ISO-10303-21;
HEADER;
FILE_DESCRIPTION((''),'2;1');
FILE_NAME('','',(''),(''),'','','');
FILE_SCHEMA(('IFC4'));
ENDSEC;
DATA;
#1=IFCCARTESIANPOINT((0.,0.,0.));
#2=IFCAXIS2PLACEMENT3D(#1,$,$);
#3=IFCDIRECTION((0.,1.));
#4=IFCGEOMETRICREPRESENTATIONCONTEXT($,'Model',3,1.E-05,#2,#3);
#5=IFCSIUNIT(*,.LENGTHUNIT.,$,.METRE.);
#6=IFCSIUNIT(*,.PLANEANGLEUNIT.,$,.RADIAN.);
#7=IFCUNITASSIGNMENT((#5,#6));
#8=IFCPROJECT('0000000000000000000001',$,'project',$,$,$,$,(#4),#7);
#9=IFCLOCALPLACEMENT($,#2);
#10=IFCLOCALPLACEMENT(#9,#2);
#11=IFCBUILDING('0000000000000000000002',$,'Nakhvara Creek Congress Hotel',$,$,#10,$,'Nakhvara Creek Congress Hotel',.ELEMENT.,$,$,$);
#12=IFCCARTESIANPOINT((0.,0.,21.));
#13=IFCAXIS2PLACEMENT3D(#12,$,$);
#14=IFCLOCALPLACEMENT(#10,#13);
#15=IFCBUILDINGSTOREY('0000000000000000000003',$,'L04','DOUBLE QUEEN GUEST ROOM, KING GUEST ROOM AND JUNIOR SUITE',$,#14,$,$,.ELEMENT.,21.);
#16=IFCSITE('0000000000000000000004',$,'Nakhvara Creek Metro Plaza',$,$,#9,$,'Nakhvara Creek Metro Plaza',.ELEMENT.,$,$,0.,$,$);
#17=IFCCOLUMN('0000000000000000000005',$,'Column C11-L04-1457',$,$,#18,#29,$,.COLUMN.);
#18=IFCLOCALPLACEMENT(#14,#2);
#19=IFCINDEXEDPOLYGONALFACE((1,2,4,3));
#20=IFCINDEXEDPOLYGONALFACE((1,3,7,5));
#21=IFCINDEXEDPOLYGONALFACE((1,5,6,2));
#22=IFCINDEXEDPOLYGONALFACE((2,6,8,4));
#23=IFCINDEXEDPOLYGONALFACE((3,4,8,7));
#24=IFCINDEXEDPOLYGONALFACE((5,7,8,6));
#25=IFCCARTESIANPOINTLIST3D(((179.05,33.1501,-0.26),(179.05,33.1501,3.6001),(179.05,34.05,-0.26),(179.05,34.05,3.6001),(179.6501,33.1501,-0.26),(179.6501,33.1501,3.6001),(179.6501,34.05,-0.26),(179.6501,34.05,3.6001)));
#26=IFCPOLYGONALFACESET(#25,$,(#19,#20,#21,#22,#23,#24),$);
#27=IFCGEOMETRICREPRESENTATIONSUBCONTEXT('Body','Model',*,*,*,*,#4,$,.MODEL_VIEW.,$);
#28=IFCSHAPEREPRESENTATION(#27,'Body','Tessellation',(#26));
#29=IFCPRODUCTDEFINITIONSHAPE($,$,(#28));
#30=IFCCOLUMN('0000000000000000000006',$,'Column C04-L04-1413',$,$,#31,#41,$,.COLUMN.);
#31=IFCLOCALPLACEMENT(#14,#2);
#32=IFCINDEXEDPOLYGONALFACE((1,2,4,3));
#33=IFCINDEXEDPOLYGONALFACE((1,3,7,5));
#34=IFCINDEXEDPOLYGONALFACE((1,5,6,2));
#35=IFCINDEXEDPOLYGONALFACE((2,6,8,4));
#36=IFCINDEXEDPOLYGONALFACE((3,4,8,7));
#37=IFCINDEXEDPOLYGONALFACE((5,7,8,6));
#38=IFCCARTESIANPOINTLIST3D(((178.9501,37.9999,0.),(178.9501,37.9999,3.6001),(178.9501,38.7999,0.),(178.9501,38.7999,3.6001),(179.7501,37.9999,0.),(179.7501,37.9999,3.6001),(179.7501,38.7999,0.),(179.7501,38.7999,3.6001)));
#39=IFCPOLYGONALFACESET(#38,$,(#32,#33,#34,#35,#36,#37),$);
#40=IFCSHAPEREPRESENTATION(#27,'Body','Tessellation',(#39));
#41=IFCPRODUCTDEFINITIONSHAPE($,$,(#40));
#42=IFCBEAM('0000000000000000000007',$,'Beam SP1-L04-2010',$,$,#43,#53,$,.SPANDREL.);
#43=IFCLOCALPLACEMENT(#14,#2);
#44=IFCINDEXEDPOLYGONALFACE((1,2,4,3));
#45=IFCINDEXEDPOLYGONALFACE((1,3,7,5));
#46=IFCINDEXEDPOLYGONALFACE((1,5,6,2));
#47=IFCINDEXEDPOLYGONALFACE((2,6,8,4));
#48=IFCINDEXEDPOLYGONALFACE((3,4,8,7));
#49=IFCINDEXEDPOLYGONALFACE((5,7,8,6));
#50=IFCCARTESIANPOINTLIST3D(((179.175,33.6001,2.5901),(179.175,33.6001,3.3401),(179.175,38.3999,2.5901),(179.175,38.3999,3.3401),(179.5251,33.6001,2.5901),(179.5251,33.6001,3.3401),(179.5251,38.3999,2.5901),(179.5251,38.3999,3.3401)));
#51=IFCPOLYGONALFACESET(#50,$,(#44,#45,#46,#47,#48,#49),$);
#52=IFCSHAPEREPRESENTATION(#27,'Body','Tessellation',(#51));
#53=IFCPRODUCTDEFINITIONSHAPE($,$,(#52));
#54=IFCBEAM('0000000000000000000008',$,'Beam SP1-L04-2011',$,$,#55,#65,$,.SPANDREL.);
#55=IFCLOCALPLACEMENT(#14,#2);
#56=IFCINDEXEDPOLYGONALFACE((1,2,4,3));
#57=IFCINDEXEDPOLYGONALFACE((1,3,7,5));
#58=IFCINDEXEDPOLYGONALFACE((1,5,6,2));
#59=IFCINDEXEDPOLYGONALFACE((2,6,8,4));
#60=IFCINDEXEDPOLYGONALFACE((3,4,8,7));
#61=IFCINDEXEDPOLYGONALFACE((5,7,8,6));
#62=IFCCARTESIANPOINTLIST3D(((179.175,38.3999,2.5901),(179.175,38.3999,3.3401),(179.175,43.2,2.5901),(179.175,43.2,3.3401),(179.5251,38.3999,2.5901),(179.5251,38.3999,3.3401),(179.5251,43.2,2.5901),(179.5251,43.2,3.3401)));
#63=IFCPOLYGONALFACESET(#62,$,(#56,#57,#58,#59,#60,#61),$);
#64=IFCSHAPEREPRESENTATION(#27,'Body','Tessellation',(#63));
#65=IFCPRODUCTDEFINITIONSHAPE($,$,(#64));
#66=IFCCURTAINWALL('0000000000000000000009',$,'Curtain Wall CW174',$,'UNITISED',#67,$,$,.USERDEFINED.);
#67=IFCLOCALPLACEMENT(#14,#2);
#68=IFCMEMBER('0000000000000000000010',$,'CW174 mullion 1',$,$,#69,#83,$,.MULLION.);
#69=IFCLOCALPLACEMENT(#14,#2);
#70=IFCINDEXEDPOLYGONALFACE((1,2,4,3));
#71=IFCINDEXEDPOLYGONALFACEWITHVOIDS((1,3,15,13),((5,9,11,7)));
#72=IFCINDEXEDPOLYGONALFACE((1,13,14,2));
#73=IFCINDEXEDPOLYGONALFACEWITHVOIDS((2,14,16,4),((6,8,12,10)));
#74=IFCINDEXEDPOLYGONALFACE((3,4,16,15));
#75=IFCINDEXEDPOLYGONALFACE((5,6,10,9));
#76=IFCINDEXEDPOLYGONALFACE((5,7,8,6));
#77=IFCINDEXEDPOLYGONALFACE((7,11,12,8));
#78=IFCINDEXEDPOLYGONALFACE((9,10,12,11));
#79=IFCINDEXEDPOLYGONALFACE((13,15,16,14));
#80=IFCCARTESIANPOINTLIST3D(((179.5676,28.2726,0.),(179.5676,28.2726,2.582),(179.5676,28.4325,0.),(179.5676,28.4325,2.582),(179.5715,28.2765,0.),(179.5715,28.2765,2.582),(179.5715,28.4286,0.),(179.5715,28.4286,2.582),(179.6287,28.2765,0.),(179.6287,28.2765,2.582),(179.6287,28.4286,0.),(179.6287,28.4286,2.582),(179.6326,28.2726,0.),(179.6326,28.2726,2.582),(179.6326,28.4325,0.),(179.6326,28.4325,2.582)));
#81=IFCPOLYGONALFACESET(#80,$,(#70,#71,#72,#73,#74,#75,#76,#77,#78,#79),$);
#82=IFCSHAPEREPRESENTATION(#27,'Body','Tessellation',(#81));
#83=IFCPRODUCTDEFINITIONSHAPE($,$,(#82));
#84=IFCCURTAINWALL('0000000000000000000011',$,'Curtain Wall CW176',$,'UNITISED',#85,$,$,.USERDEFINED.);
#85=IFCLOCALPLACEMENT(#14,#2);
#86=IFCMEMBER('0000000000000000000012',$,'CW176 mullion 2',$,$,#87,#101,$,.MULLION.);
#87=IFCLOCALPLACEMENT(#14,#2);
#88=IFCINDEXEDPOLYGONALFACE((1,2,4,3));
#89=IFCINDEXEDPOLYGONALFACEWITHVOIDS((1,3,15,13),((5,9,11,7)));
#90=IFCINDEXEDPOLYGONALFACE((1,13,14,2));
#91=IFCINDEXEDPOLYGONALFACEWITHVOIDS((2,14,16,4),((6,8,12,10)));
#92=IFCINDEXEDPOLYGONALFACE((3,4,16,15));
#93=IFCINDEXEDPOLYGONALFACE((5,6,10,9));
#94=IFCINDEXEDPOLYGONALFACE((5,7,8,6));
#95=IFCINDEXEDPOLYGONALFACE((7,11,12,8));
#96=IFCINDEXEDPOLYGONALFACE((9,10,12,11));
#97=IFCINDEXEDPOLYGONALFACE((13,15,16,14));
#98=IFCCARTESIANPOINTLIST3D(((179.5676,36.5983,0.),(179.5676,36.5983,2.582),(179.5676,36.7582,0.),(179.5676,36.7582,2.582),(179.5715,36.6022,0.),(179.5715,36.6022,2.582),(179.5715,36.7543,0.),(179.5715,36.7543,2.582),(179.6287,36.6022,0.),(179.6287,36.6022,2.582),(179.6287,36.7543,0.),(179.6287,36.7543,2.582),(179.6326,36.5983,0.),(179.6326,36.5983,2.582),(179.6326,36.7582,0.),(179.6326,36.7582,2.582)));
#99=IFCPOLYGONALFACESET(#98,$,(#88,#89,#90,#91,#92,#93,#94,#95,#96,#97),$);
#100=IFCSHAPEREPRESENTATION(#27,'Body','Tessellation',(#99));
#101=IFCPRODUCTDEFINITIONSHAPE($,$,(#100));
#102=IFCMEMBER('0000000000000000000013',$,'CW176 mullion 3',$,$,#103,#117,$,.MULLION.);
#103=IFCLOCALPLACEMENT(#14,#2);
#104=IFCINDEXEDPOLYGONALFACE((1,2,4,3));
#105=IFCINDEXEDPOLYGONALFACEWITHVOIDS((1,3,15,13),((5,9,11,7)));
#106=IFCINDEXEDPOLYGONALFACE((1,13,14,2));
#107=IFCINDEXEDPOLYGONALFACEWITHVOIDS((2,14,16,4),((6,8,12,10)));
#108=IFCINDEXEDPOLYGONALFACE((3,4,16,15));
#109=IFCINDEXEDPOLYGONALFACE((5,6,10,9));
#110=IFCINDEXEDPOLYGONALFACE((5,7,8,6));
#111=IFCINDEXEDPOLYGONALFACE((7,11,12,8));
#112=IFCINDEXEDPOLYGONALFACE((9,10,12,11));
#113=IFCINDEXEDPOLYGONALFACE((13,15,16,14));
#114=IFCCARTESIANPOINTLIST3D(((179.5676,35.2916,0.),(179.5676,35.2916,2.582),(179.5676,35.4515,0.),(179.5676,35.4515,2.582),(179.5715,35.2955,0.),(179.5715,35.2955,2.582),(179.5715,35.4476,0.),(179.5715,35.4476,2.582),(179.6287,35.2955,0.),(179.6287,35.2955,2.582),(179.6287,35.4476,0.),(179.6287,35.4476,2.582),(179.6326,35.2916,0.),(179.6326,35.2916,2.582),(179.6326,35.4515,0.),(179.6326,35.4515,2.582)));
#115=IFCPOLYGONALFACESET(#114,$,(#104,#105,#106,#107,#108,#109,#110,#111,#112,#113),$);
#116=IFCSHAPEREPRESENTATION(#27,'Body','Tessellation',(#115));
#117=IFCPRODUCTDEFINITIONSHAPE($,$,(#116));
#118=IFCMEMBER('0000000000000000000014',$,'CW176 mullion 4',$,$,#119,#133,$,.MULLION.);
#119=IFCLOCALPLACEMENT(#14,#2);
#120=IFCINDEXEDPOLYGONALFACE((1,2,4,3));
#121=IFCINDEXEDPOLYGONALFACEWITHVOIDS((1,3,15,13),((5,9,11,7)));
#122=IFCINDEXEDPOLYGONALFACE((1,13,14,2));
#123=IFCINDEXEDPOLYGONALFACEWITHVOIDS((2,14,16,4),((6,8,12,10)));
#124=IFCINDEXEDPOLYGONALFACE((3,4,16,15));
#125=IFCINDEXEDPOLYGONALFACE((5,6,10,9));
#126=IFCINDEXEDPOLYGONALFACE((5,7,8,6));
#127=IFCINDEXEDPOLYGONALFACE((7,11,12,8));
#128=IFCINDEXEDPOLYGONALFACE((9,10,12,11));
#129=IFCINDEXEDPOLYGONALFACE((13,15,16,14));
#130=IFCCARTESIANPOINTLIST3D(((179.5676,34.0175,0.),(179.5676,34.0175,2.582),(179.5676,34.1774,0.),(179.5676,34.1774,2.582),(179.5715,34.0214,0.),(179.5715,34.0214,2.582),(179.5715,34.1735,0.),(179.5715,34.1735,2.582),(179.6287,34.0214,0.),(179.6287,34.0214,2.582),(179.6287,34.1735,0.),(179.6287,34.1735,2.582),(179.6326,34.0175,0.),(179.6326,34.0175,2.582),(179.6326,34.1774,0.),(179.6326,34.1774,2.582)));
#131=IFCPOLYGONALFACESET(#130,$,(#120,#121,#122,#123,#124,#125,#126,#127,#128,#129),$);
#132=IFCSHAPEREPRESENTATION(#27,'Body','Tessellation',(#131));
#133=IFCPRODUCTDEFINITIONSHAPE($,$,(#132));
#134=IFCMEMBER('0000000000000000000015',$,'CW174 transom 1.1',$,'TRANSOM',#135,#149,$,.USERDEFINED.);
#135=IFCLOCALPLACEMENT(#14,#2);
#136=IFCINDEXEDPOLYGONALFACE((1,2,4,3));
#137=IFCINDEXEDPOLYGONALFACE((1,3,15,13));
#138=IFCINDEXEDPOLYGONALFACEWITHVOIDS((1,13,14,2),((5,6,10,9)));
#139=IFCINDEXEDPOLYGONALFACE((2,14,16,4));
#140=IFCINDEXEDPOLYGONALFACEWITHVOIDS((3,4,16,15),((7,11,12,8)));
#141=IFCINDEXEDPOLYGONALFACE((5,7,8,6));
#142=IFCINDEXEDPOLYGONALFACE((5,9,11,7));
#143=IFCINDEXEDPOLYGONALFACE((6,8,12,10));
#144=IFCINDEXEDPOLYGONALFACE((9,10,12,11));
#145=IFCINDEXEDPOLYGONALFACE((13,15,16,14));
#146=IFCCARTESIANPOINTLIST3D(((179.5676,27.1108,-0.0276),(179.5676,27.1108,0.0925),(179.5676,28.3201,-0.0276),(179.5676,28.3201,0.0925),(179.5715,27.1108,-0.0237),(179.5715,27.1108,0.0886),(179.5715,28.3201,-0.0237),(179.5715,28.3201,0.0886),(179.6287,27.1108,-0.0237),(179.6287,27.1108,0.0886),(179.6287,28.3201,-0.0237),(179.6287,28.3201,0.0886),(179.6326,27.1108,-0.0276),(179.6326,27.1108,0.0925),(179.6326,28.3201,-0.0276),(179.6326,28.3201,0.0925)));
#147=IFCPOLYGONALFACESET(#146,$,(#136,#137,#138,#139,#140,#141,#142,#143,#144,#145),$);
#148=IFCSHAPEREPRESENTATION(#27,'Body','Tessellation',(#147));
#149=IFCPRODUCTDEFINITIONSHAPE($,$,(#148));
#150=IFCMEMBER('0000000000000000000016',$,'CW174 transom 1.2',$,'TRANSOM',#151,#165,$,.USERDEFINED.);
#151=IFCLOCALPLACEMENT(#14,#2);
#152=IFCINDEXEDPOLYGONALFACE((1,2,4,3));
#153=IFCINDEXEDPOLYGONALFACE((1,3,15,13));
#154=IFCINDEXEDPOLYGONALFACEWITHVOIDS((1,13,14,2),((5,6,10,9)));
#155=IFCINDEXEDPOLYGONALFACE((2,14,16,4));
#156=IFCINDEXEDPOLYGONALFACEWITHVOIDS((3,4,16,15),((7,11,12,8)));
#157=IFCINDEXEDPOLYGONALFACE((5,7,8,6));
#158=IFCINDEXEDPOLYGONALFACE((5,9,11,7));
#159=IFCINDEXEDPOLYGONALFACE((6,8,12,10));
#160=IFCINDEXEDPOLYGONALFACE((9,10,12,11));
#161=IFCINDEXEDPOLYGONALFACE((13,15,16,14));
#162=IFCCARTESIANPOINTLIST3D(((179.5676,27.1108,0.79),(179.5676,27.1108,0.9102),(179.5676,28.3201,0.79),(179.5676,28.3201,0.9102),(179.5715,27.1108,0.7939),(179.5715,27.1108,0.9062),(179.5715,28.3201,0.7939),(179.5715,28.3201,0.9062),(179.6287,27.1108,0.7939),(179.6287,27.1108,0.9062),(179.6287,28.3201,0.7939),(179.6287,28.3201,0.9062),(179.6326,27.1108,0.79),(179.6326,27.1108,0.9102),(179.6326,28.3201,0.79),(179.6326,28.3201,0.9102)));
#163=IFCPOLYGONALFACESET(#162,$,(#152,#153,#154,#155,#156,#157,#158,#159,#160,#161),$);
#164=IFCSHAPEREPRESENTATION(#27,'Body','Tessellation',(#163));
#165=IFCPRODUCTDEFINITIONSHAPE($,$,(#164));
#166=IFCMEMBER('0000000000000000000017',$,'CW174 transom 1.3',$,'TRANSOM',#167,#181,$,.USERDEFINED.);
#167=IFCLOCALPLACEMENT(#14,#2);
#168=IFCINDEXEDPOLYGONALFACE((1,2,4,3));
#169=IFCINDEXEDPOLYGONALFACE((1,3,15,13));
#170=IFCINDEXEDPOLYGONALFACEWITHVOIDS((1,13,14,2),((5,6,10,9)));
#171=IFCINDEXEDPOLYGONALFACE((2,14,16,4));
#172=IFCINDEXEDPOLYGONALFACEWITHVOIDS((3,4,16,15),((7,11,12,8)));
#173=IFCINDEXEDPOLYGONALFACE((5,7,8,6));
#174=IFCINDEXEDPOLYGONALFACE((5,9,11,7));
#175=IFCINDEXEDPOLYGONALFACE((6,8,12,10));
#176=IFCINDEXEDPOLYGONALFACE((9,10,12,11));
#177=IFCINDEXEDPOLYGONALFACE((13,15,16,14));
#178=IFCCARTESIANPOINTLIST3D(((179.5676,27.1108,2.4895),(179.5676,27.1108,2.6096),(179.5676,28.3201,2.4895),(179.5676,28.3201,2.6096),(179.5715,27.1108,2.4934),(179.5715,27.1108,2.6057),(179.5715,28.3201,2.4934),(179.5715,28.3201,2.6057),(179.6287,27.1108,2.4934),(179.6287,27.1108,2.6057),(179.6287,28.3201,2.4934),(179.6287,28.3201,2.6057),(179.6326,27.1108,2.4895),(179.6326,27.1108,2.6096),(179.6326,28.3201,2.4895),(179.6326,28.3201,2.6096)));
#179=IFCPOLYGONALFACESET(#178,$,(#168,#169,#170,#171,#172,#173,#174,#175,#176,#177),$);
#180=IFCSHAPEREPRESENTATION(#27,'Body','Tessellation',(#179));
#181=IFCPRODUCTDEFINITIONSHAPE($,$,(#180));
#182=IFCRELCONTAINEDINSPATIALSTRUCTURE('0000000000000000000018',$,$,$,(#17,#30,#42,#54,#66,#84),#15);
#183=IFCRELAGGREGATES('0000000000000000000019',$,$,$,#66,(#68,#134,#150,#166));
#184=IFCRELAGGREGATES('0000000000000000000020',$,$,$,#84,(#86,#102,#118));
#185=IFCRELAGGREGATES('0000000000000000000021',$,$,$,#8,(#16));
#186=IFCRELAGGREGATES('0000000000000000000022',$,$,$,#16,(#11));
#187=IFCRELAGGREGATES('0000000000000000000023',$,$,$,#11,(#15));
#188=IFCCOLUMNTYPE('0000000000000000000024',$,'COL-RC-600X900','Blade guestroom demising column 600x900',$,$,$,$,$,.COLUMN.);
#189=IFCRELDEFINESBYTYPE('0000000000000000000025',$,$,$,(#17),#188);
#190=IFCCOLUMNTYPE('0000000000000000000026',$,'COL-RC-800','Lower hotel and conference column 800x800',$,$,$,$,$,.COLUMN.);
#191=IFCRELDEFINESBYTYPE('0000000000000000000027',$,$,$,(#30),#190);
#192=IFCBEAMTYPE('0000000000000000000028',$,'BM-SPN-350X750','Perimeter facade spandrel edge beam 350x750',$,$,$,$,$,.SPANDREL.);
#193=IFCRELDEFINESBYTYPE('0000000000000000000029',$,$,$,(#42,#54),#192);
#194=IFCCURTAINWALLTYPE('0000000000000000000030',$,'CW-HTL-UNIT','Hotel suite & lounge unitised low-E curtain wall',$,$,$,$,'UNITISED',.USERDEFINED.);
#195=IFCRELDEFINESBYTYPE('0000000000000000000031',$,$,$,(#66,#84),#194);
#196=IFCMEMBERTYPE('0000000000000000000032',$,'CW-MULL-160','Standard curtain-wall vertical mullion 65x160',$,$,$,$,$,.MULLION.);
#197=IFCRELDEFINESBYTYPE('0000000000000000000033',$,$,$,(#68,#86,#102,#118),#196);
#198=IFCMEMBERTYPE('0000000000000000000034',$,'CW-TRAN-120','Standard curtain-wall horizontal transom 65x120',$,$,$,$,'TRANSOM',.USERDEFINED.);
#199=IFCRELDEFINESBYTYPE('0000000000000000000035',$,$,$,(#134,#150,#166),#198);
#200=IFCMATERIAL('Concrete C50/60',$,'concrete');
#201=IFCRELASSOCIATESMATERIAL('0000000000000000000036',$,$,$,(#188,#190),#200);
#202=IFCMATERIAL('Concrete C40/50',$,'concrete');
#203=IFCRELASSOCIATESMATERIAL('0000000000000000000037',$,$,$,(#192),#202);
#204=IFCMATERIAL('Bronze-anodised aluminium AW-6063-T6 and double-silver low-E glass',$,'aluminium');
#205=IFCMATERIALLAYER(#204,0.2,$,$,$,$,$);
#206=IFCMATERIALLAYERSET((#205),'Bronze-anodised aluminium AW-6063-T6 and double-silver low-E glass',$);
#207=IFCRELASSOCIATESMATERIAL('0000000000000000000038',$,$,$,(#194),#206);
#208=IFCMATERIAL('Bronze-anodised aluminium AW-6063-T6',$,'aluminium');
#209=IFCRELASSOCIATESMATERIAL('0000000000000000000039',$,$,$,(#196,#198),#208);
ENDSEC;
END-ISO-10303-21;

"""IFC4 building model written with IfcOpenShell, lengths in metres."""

from ifc_helpers import new_model, si_unit, direction, frame, origin, origin_2d, place, context, subcontext, project, spatial, rectangle, hollow_rectangle, extrude, material, layer, layer_set, material_profile, profile_set, type_object, element, aggregate, save


model = new_model("IFC4")

# Units and contexts
model_context = context("Model", 3, precision=1e-05, world=origin(), true_north=direction((0.0, 1.0)))
body_context = subcontext(model_context, "Body", "Model", "MODEL_VIEW")
ifc_project = project(units=[si_unit("LENGTHUNIT", "METRE"), si_unit("PLANEANGLEUNIT", "RADIAN")], contexts=[model_context])

# Site, building, storey
site_placement = place(None, origin())
site = spatial("IfcSite", under=ifc_project, at=site_placement, Name="Nakhvara Creek Metro Plaza", LongName="Nakhvara Creek Metro Plaza", CompositionType="ELEMENT", RefElevation=0.0)
building_placement = place(site_placement, origin())
building = spatial("IfcBuilding", under=site, at=building_placement, Name="Nakhvara Creek Congress Hotel", LongName="Nakhvara Creek Congress Hotel", CompositionType="ELEMENT")
storey_placement = place(building_placement, frame((0.0, 0.0, 21.0)))
storey = spatial("IfcBuildingStorey", under=building, at=storey_placement, Name="L04", Description="DOUBLE QUEEN GUEST ROOM, KING GUEST ROOM AND JUNIOR SUITE", CompositionType="ELEMENT", Elevation=21.0)

# Columns
ifc_material_1 = material(Name="Concrete C50/60", Category="concrete")
ifc_material_profile_1 = material_profile(ifc_material_1, rectangle(XDim=0.6001, YDim=0.8999, at=origin_2d()), Name="RC-COL 600x900", Category="LoadBearing")
ifc_profile_set_1 = profile_set([ifc_material_profile_1], Name="Concrete C50/60")
column_type_1 = type_object("IfcColumnType", Name="COL-RC-600X900", Description="Blade guestroom demising column 600x900", PredefinedType="COLUMN", material=ifc_profile_set_1)
column_1_placement = place(storey_placement, frame((179.3501, 33.6001, -0.26), z_axis=(0.0, 0.0, 1.0), x_axis=(1.0, 0.0, 0.0)))
element("IfcColumn", 1, at=column_1_placement, inside=storey, type_object=column_type_1, Name="Column C11-L04-1457", PredefinedType="COLUMN", context=body_context, shape_type="SweptSolid", body=[
    extrude(rectangle(XDim=0.6001, YDim=0.8999, at=origin_2d()), origin(), (0.0, 0.0, 1.0), 3.8601),
])
ifc_material_profile_2 = material_profile(ifc_material_1, rectangle(XDim=0.8, YDim=0.8, at=origin_2d()), Name="RC-COL 800x800", Category="LoadBearing")
ifc_profile_set_2 = profile_set([ifc_material_profile_2], Name="Concrete C50/60")
column_type_2 = type_object("IfcColumnType", Name="COL-RC-800", Description="Lower hotel and conference column 800x800", PredefinedType="COLUMN", material=ifc_profile_set_2)
column_2_placement = place(storey_placement, frame((179.3501, 38.3999, 0.0), z_axis=(0.0, 0.0, 1.0), x_axis=(1.0, 0.0, 0.0)))
element("IfcColumn", 2, at=column_2_placement, inside=storey, type_object=column_type_2, Name="Column C04-L04-1413", PredefinedType="COLUMN", context=body_context, shape_type="SweptSolid", body=[
    extrude(rectangle(XDim=0.8, YDim=0.8, at=origin_2d()), origin(), (0.0, 0.0, 1.0), 3.6001),
])

# Beams
ifc_material_2 = material(Name="Concrete C40/50", Category="concrete")
ifc_material_profile_3 = material_profile(ifc_material_2, rectangle(XDim=0.3501, YDim=0.75, at=origin_2d()), Name="RC-SPANDREL 350x750", Category="LoadBearing")
ifc_profile_set_3 = profile_set([ifc_material_profile_3], Name="Concrete C40/50")
beam_type = type_object("IfcBeamType", Name="BM-SPN-350X750", Description="Perimeter facade spandrel edge beam 350x750", PredefinedType="SPANDREL", material=ifc_profile_set_3)
beam_1_placement = place(storey_placement, frame((179.3501, 33.6001, 2.9651), z_axis=(0.0, 1.0, 0.0), x_axis=(-1.0, 0.0, 0.0)))
element("IfcBeam", 3, at=beam_1_placement, inside=storey, type_object=beam_type, Name="Beam SP1-L04-2010", PredefinedType="SPANDREL", context=body_context, shape_type="SweptSolid", body=[
    extrude(rectangle(XDim=0.3501, YDim=0.75, at=origin_2d()), origin(), (0.0, 0.0, 1.0), 4.7998),
])
beam_2_placement = place(storey_placement, frame((179.3501, 38.3999, 2.9651), z_axis=(0.0, 1.0, 0.0), x_axis=(-1.0, 0.0, 0.0)))
element("IfcBeam", 4, at=beam_2_placement, inside=storey, type_object=beam_type, Name="Beam SP1-L04-2011", PredefinedType="SPANDREL", context=body_context, shape_type="SweptSolid", body=[
    extrude(rectangle(XDim=0.3501, YDim=0.75, at=origin_2d()), origin(), (0.0, 0.0, 1.0), 4.8),
])

# Curtain wall, member
ifc_material_3 = material(Name="Bronze-anodised aluminium AW-6063-T6 and double-silver low-E glass", Category="aluminium")
ifc_layer_1 = layer(ifc_material_3, 0.2)
ifc_layer_set_1 = layer_set([ifc_layer_1], Name="Bronze-anodised aluminium AW-6063-T6 and double-silver low-E glass")
curtain_wall_type = type_object("IfcCurtainWallType", Name="CW-HTL-UNIT", Description="Hotel suite & lounge unitised low-E curtain wall", ElementType="UNITISED", PredefinedType="USERDEFINED", material=ifc_layer_set_1)
curtain_wall_1_placement = place(storey_placement, origin())
curtain_wall_1 = element("IfcCurtainWall", 5, at=curtain_wall_1_placement, inside=storey, type_object=curtain_wall_type, Name="Curtain Wall CW174", ObjectType="UNITISED", PredefinedType="USERDEFINED")
ifc_material_4 = material(Name="Bronze-anodised aluminium AW-6063-T6", Category="aluminium")
ifc_material_profile_4 = material_profile(ifc_material_4, hollow_rectangle(XDim=0.0649, YDim=0.1599, WallThickness=0.0039, at=origin_2d()), Name="ALU-MULL 65x160x4", Category="LoadBearing")
ifc_profile_set_4 = profile_set([ifc_material_profile_4], Name="Bronze-anodised aluminium AW-6063-T6")
member_type_1 = type_object("IfcMemberType", Name="CW-MULL-160", Description="Standard curtain-wall vertical mullion 65x160", PredefinedType="MULLION", material=ifc_profile_set_4)
member_1_placement = place(storey_placement, frame((179.6001, 28.3525, 0.0), z_axis=(0.0, 0.0, 1.0), x_axis=(1.0, 0.0, 0.0)))
member_1 = element("IfcMember", 6, at=member_1_placement, type_object=member_type_1, Name="CW174 mullion 1", PredefinedType="MULLION", context=body_context, shape_type="SweptSolid", body=[
    extrude(hollow_rectangle(XDim=0.0649, YDim=0.1599, WallThickness=0.0039, at=origin_2d()), origin(), (0.0, 0.0, 1.0), 2.582),
])

# Curtain wall, members
curtain_wall_2_placement = place(storey_placement, origin())
curtain_wall_2 = element("IfcCurtainWall", 7, at=curtain_wall_2_placement, inside=storey, type_object=curtain_wall_type, Name="Curtain Wall CW176", ObjectType="UNITISED", PredefinedType="USERDEFINED")
member_2_placement = place(storey_placement, frame((179.6001, 36.6782, 0.0), z_axis=(0.0, 0.0, 1.0), x_axis=(1.0, 0.0, 0.0)))
member_2 = element("IfcMember", 8, at=member_2_placement, type_object=member_type_1, Name="CW176 mullion 2", PredefinedType="MULLION", context=body_context, shape_type="SweptSolid", body=[
    extrude(hollow_rectangle(XDim=0.0649, YDim=0.1599, WallThickness=0.0039, at=origin_2d()), origin(), (0.0, 0.0, 1.0), 2.582),
])
member_3_placement = place(storey_placement, frame((179.6001, 35.3716, 0.0), z_axis=(0.0, 0.0, 1.0), x_axis=(1.0, 0.0, 0.0)))
member_3 = element("IfcMember", 9, at=member_3_placement, type_object=member_type_1, Name="CW176 mullion 3", PredefinedType="MULLION", context=body_context, shape_type="SweptSolid", body=[
    extrude(hollow_rectangle(XDim=0.0649, YDim=0.1599, WallThickness=0.0039, at=origin_2d()), origin(), (0.0, 0.0, 1.0), 2.582),
])
member_4_placement = place(storey_placement, frame((179.6001, 34.0974, 0.0), z_axis=(0.0, 0.0, 1.0), x_axis=(1.0, 0.0, 0.0)))
member_4 = element("IfcMember", 10, at=member_4_placement, type_object=member_type_1, Name="CW176 mullion 4", PredefinedType="MULLION", context=body_context, shape_type="SweptSolid", body=[
    extrude(hollow_rectangle(XDim=0.0649, YDim=0.1599, WallThickness=0.0039, at=origin_2d()), origin(), (0.0, 0.0, 1.0), 2.582),
])

# Members
ifc_material_profile_5 = material_profile(ifc_material_4, hollow_rectangle(XDim=0.0649, YDim=0.1201, WallThickness=0.0039, at=origin_2d()), Name="ALU-TRAN 65x120x4", Category="LoadBearing")
ifc_profile_set_5 = profile_set([ifc_material_profile_5], Name="Bronze-anodised aluminium AW-6063-T6")
member_type_2 = type_object("IfcMemberType", Name="CW-TRAN-120", Description="Standard curtain-wall horizontal transom 65x120", ElementType="TRANSOM", PredefinedType="USERDEFINED", material=ifc_profile_set_5)
member_5_placement = place(storey_placement, frame((179.6001, 28.3201, 0.0325), z_axis=(0.0, -1.0, 0.0), x_axis=(1.0, 0.0, 0.0)))
member_5 = element("IfcMember", 11, at=member_5_placement, type_object=member_type_2, Name="CW174 transom 1.1", ObjectType="TRANSOM", PredefinedType="USERDEFINED", context=body_context, shape_type="SweptSolid", body=[
    extrude(hollow_rectangle(XDim=0.0649, YDim=0.1201, WallThickness=0.0039, at=origin_2d()), origin(), (0.0, 0.0, 1.0), 1.2092),
])
member_6_placement = place(storey_placement, frame((179.6001, 28.3201, 0.8501), z_axis=(0.0, -1.0, 0.0), x_axis=(1.0, 0.0, 0.0)))
member_6 = element("IfcMember", 12, at=member_6_placement, type_object=member_type_2, Name="CW174 transom 1.2", ObjectType="TRANSOM", PredefinedType="USERDEFINED", context=body_context, shape_type="SweptSolid", body=[
    extrude(hollow_rectangle(XDim=0.0649, YDim=0.1201, WallThickness=0.0039, at=origin_2d()), origin(), (0.0, 0.0, 1.0), 1.2092),
])
member_7_placement = place(storey_placement, frame((179.6001, 28.3201, 2.5496), z_axis=(0.0, -1.0, 0.0), x_axis=(1.0, 0.0, 0.0)))
member_7 = element("IfcMember", 13, at=member_7_placement, type_object=member_type_2, Name="CW174 transom 1.3", ObjectType="TRANSOM", PredefinedType="USERDEFINED", context=body_context, shape_type="SweptSolid", body=[
    extrude(hollow_rectangle(XDim=0.0649, YDim=0.1201, WallThickness=0.0039, at=origin_2d()), origin(), (0.0, 0.0, 1.0), 1.2092),
])

aggregate(curtain_wall_1, [member_1, member_5, member_6, member_7])
aggregate(curtain_wall_2, [member_2, member_3, member_4])

save(model, "model.ifc")
